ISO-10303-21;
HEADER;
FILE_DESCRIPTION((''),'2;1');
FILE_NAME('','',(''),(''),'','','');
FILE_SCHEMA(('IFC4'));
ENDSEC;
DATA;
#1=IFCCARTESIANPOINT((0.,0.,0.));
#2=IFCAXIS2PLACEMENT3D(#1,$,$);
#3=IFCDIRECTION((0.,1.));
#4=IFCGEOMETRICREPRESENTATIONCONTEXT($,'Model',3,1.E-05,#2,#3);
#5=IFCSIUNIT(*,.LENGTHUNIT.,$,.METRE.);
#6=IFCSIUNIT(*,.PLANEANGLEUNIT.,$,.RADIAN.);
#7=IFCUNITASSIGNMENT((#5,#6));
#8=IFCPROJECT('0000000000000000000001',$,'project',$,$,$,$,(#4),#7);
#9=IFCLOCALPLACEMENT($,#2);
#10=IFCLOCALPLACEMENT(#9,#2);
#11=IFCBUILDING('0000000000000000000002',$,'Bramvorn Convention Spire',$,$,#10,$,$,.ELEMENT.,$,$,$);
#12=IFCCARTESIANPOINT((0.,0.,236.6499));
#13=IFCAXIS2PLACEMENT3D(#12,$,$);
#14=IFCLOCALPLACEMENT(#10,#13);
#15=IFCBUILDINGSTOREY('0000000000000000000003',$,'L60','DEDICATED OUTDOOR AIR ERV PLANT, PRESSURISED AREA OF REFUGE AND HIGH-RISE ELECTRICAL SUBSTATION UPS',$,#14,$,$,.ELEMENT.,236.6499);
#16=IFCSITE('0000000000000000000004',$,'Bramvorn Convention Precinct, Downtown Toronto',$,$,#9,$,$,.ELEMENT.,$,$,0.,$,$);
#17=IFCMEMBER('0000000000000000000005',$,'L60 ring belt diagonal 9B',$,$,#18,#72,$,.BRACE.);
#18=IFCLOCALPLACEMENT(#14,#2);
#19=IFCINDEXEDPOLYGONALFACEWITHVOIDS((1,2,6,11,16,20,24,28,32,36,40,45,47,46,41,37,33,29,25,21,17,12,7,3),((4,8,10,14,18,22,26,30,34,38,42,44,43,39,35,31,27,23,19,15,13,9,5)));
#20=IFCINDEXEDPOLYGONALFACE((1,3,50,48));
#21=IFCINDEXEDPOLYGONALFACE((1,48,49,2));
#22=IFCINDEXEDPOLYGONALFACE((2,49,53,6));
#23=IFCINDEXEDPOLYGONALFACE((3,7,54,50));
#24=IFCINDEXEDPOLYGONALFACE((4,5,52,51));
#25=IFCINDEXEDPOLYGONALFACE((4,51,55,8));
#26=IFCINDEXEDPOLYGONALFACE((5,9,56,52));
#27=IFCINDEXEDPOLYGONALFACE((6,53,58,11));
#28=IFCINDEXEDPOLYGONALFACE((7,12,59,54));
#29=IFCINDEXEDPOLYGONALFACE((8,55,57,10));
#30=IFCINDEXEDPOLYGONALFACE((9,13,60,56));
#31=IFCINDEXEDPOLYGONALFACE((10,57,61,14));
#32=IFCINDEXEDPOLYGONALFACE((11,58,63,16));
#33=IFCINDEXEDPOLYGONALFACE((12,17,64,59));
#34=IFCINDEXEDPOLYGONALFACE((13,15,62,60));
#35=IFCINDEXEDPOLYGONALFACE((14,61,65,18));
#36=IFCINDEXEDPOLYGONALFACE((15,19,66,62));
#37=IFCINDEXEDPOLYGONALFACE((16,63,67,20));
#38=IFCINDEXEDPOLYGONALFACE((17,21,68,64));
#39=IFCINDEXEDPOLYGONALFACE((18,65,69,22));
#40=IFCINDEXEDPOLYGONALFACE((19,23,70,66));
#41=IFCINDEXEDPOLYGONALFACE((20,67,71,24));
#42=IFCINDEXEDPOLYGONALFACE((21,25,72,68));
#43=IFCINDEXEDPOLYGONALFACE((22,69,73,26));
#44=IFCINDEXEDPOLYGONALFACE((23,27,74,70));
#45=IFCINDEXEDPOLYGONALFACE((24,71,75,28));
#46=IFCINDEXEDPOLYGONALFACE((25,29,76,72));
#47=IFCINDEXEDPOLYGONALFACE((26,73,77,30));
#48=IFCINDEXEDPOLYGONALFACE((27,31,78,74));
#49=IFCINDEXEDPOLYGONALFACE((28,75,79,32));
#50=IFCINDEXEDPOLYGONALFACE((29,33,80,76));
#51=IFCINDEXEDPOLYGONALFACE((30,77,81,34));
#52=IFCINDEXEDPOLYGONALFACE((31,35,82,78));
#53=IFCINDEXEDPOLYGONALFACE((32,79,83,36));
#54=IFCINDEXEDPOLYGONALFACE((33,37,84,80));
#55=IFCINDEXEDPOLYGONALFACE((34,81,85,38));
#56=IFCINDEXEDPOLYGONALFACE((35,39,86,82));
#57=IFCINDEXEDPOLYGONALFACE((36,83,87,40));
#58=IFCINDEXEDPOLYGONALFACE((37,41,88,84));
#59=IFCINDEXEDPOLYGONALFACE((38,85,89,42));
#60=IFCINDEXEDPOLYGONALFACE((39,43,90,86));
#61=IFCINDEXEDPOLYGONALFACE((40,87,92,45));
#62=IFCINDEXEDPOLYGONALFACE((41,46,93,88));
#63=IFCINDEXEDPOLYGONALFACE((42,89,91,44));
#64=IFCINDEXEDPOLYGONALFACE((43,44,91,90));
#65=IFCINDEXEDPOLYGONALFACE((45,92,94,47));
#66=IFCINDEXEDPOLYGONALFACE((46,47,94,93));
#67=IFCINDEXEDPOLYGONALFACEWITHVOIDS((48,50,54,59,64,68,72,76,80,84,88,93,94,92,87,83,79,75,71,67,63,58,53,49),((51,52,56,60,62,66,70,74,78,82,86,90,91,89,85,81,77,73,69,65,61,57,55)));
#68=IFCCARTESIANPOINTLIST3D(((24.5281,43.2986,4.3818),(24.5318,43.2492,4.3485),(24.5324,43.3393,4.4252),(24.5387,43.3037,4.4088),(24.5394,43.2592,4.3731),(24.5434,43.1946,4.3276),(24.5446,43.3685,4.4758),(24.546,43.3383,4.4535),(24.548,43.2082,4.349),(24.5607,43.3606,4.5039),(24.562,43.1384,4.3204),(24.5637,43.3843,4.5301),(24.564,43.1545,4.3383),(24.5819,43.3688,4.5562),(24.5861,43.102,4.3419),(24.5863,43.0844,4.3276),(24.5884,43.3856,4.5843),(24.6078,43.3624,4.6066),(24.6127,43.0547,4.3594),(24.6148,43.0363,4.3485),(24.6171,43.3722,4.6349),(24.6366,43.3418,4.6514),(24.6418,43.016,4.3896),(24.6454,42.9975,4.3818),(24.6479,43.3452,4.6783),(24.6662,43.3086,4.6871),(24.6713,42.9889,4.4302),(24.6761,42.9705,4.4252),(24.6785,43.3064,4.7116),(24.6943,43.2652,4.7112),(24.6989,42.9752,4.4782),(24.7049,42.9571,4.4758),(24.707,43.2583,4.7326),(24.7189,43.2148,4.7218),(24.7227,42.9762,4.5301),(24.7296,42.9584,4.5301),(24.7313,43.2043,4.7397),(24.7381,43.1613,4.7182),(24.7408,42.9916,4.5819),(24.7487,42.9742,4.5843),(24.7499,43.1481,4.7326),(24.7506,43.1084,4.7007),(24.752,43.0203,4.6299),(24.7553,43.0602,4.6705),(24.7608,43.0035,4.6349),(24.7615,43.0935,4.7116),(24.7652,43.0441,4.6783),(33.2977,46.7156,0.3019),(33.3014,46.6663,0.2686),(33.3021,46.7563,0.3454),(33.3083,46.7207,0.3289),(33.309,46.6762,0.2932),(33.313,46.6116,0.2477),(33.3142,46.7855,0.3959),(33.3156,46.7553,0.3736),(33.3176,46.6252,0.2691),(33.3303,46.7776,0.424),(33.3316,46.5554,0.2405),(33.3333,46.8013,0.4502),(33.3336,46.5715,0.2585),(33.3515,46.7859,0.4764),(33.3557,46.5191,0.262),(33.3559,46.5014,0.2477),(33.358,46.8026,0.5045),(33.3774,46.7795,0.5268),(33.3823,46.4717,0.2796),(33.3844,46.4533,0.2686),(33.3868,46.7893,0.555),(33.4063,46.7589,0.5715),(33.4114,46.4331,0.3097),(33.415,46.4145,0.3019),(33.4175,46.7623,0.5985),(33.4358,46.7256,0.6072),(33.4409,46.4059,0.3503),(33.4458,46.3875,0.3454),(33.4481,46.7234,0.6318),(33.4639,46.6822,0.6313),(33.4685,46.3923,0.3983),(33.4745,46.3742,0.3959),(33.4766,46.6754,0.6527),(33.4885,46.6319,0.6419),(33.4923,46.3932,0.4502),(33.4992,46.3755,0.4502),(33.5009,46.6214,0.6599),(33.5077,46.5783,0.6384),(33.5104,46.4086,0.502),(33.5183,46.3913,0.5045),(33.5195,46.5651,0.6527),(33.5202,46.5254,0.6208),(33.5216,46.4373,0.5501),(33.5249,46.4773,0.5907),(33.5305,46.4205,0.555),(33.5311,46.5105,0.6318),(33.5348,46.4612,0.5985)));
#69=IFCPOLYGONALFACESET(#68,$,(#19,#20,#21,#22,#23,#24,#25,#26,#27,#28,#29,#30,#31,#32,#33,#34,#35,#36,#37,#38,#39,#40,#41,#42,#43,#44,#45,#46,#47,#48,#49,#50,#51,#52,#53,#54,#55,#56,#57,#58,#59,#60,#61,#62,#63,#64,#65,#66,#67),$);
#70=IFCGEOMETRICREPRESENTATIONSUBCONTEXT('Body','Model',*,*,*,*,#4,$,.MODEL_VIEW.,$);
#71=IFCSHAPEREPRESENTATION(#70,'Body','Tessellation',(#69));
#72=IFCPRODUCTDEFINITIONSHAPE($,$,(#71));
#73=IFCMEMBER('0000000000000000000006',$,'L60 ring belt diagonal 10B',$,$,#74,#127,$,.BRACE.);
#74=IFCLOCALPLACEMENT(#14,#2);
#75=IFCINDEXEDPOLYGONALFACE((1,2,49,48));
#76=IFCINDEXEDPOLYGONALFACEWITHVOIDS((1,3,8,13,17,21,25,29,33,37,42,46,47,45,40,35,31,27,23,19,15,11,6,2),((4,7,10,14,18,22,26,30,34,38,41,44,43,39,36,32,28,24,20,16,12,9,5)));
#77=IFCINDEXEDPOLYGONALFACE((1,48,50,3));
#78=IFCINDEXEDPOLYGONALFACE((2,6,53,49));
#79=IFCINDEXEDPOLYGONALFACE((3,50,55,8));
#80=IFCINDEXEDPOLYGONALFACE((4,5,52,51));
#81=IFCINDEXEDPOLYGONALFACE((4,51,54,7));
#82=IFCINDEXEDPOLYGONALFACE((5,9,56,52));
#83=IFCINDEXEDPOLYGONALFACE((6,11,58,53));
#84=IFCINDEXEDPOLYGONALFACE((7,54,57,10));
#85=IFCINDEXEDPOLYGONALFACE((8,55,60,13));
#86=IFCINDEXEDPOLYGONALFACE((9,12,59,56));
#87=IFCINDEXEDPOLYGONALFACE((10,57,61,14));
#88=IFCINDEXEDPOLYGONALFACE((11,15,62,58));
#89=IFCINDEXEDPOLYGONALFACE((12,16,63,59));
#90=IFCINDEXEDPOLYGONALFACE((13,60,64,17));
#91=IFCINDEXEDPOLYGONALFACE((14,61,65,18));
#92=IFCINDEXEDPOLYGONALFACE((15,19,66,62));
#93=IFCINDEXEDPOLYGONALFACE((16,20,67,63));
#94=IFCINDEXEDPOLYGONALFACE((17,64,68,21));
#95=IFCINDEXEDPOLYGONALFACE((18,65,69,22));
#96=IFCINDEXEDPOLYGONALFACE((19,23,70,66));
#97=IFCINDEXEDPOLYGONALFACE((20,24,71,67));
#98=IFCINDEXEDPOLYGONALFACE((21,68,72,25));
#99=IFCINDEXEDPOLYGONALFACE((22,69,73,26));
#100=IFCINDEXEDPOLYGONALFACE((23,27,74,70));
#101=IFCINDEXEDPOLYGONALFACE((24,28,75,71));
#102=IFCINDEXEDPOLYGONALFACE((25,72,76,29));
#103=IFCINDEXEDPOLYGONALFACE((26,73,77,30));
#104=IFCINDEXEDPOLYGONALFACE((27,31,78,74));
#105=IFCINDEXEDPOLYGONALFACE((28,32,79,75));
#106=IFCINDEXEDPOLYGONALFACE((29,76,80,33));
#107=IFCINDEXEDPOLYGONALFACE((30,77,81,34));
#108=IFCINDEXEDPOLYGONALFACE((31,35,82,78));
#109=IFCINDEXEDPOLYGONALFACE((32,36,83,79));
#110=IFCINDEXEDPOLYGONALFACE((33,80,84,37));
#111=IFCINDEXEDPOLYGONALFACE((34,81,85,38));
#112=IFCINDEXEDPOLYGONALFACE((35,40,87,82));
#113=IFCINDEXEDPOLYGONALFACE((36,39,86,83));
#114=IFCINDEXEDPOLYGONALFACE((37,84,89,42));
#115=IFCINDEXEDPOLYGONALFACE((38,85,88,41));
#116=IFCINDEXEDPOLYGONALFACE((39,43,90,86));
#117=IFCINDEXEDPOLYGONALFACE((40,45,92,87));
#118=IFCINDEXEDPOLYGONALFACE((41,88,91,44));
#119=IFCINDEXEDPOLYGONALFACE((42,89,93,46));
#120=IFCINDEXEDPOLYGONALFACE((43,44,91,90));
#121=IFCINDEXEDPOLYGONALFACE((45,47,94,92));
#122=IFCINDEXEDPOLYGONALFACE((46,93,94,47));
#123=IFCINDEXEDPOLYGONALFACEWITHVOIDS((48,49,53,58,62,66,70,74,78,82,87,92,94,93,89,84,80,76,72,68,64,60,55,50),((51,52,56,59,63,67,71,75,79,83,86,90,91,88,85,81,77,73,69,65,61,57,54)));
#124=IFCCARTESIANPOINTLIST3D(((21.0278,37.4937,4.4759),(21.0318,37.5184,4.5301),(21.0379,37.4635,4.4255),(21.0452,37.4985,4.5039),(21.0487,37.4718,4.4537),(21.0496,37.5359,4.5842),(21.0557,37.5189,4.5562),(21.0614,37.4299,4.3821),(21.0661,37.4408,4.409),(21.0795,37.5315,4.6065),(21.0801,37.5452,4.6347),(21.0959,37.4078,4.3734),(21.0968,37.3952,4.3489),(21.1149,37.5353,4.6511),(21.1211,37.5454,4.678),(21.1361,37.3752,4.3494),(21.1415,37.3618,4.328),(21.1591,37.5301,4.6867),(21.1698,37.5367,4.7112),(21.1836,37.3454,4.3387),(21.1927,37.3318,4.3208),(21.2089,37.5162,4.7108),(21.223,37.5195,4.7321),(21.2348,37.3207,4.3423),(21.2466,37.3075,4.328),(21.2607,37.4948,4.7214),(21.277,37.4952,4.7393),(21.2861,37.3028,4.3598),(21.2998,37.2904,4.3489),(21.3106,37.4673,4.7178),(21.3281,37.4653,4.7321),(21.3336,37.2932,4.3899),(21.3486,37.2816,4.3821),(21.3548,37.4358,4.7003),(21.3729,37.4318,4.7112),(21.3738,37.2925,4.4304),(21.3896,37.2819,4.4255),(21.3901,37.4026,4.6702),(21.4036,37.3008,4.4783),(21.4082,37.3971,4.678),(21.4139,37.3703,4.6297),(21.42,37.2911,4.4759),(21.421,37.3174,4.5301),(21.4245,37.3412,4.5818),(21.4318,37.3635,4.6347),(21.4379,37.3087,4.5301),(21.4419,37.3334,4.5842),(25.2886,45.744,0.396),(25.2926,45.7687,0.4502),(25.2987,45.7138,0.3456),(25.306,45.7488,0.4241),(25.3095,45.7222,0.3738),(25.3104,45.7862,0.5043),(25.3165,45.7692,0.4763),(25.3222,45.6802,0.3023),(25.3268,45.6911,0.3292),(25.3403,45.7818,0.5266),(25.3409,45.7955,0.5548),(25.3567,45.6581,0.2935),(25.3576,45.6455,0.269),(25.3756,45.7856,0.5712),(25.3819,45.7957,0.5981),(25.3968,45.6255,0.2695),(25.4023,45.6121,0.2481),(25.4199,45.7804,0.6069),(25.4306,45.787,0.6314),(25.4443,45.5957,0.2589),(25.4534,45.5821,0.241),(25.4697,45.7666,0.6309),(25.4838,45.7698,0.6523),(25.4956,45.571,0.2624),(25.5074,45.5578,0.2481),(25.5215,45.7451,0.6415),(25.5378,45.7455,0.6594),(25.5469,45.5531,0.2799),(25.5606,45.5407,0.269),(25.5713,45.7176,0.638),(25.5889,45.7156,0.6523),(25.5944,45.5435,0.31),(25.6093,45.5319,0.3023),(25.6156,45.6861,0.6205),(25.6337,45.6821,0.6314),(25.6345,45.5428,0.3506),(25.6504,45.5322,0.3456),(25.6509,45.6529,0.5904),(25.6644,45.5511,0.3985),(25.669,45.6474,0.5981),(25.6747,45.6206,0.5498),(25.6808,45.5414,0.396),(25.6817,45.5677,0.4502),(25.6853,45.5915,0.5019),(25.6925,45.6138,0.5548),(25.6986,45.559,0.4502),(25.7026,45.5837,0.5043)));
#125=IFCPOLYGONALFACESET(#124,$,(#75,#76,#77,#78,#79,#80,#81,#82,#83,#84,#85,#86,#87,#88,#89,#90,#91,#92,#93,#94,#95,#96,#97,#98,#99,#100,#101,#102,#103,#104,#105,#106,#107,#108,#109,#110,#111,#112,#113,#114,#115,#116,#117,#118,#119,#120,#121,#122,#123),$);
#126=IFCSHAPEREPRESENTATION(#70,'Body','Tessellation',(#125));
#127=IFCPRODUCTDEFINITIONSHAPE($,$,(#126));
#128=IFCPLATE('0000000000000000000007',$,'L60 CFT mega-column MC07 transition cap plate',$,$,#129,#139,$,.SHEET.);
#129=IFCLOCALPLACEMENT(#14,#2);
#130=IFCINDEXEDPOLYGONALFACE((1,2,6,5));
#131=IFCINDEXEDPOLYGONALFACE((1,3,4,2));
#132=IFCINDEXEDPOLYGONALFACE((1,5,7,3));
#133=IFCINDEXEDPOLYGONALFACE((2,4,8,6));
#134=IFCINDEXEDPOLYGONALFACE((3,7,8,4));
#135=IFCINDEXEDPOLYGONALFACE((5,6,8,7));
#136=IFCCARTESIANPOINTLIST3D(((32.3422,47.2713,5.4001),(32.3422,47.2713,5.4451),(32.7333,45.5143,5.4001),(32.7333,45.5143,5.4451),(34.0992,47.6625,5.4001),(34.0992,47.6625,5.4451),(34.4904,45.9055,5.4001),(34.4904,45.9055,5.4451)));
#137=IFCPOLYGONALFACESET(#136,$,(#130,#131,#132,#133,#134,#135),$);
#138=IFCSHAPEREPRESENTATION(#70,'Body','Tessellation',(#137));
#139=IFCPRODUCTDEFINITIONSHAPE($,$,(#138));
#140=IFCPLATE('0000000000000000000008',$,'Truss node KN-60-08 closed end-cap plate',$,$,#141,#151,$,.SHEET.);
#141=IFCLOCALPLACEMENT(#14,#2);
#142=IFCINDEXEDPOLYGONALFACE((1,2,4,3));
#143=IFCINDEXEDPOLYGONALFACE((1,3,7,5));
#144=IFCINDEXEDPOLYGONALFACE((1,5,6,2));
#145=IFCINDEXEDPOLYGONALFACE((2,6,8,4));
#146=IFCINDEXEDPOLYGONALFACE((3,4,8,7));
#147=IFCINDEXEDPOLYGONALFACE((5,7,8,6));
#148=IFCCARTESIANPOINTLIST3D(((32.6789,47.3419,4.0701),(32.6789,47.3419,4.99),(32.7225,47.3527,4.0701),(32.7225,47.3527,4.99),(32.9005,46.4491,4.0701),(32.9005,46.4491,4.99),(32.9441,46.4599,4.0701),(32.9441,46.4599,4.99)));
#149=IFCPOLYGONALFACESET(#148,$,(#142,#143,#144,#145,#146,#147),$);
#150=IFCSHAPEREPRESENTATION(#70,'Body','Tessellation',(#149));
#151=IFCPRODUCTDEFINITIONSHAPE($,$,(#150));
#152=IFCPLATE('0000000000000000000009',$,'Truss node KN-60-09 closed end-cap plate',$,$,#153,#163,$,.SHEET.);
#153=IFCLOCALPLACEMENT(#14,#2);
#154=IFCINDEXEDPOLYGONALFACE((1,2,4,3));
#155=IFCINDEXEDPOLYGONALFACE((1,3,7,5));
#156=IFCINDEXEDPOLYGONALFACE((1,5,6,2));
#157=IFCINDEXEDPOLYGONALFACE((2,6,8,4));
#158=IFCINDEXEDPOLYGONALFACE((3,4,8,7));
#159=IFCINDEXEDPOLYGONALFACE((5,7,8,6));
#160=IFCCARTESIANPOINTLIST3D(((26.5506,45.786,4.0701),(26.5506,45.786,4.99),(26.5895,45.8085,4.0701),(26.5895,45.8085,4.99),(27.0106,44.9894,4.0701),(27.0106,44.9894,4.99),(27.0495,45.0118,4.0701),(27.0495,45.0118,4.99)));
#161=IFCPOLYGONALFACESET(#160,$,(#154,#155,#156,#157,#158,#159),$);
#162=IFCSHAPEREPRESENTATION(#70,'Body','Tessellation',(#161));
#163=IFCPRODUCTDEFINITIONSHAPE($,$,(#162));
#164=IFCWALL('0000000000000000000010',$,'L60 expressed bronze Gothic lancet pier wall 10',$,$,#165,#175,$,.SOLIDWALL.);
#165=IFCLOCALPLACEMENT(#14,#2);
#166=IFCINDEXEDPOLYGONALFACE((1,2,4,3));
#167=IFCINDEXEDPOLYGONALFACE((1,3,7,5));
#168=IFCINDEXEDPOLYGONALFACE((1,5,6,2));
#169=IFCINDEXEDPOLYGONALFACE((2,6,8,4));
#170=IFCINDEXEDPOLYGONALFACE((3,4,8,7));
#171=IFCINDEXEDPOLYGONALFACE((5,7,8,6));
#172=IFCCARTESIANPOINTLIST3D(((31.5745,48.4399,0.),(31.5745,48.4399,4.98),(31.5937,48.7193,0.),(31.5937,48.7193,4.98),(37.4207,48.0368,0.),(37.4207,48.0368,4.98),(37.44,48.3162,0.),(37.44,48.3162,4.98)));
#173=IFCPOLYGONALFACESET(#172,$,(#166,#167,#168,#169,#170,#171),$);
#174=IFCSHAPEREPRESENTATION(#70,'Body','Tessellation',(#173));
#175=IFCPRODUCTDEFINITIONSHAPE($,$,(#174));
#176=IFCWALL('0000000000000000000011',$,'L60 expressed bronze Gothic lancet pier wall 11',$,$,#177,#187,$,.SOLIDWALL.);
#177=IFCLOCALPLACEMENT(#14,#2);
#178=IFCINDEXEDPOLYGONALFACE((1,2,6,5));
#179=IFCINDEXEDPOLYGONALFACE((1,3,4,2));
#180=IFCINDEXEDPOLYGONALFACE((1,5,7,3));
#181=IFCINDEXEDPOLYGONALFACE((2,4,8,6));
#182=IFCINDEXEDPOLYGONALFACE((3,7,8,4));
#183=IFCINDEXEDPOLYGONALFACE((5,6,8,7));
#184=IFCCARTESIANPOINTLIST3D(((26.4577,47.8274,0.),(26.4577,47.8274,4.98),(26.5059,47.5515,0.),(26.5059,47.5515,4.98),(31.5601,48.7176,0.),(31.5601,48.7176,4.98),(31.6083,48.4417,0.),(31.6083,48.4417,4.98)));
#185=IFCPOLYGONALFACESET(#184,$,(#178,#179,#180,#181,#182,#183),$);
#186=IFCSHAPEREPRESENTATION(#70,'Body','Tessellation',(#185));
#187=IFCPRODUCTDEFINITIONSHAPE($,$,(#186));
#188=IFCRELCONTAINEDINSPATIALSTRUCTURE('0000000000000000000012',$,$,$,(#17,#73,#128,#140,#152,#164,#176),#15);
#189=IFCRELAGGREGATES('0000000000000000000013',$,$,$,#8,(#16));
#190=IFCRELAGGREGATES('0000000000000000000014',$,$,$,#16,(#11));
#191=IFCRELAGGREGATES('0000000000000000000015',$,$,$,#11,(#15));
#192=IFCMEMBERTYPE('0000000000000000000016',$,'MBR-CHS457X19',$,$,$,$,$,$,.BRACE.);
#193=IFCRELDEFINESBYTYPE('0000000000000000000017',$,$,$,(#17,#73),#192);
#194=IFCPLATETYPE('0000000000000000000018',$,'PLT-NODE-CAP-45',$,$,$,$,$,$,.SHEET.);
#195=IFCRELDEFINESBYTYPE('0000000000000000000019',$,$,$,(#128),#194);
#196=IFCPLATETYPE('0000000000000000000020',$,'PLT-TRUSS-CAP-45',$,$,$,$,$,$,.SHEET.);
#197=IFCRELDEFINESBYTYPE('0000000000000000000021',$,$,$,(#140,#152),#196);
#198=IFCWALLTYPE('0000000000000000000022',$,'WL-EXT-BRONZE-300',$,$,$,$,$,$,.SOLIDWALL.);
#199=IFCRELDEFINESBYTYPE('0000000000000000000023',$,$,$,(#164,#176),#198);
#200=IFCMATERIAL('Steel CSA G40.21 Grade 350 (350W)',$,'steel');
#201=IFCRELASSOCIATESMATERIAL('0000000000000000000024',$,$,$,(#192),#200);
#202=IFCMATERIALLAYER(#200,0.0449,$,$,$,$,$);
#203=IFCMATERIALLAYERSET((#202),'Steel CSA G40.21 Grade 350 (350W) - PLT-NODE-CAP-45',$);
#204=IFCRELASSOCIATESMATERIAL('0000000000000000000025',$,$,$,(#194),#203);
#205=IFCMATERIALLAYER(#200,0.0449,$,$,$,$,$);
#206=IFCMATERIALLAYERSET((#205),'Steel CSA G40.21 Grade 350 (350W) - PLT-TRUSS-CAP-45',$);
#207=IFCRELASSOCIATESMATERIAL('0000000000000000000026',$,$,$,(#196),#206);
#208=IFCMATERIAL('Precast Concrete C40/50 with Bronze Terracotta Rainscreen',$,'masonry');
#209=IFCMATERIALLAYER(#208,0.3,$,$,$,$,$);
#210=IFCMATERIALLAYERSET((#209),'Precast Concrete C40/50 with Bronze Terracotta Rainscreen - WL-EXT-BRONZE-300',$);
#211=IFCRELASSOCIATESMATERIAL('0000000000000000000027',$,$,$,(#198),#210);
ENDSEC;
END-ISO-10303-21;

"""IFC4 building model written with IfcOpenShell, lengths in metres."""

from ifc_helpers import new_model, si_unit, direction, frame, frame_2d, origin, origin_2d, place, context, subcontext, project, spatial, rectangle, hollow_circle, extrude, material, layer, layer_set, material_profile, profile_set, type_object, element, save


model = new_model("IFC4")

# Units and contexts
model_context = context("Model", 3, precision=1e-05, world=origin(), true_north=direction((0.0, 1.0)))
body_context = subcontext(model_context, "Body", "Model", "MODEL_VIEW")
ifc_project = project(units=[si_unit("LENGTHUNIT", "METRE"), si_unit("PLANEANGLEUNIT", "RADIAN")], contexts=[model_context])

# Site, building, storey
site_placement = place(None, origin())
site = spatial("IfcSite", under=ifc_project, at=site_placement, Name="Bramvorn Convention Precinct, Downtown Toronto", CompositionType="ELEMENT", RefElevation=0.0)
building_placement = place(site_placement, origin())
building = spatial("IfcBuilding", under=site, at=building_placement, Name="Bramvorn Convention Spire", CompositionType="ELEMENT")
storey_placement = place(building_placement, frame((0.0, 0.0, 236.6499)))
storey = spatial("IfcBuildingStorey", under=building, at=storey_placement, Name="L60", Description="DEDICATED OUTDOOR AIR ERV PLANT, PRESSURISED AREA OF REFUGE AND HIGH-RISE ELECTRICAL SUBSTATION UPS", CompositionType="ELEMENT", Elevation=236.6499)

# Shared definitions
ifc_material_1 = material(Name="Steel CSA G40.21 Grade 350 (350W)", Category="steel")

# Members
ifc_material_profile_1 = material_profile(ifc_material_1, hollow_circle(Radius=0.2285, WallThickness=0.019, at=origin_2d()))
ifc_profile_set_1 = profile_set([ifc_material_profile_1], Name="Steel CSA G40.21 Grade 350 (350W) - CHS457X19")
member_type_1 = type_object("IfcMemberType", Name="MBR-CHS457X19", PredefinedType="BRACE", material=ifc_profile_set_1)
member_1_placement = place(storey_placement, frame((33.4163, 46.5884, 0.4502), z_axis=(-0.854901, -0.333107, 0.397724), x_axis=(0.363057, -0.931767, 0.0)))
element("IfcMember", 1, at=member_1_placement, inside=storey, type_object=member_type_1, Name="L60 ring belt diagonal 9B", PredefinedType="BRACE", context=body_context, shape_type="SweptSolid", body=[
    extrude(hollow_circle(Radius=0.2285, WallThickness=0.019, at=origin_2d()), origin(), (0.0, 0.0, 1.0), 10.2581),
])
member_2_placement = place(storey_placement, frame((25.4956, 45.6638, 0.4502), z_axis=(-0.420098, -0.813452, 0.402261), x_axis=(0.888509, -0.45886, 0.0)))
element("IfcMember", 2, at=member_2_placement, inside=storey, type_object=member_type_1, Name="L60 ring belt diagonal 10B", PredefinedType="BRACE", context=body_context, shape_type="SweptSolid", body=[
    extrude(hollow_circle(Radius=0.2285, WallThickness=0.019, at=origin_2d()), origin(), (0.0, 0.0, 1.0), 10.1423),
])

# Plates
ifc_layer_1 = layer(ifc_material_1, 0.0449)
ifc_layer_set_1 = layer_set([ifc_layer_1], Name="Steel CSA G40.21 Grade 350 (350W) - PLT-NODE-CAP-45")
plate_type_1 = type_object("IfcPlateType", Name="PLT-NODE-CAP-45", PredefinedType="SHEET", material=ifc_layer_set_1)
plate_placement = place(storey_placement, frame((33.4163, 46.5884, 5.4001), z_axis=(0.0, 0.0, 1.0), x_axis=(-0.21732, 0.9761, 0.0)))
element("IfcPlate", 3, at=plate_placement, inside=storey, type_object=plate_type_1, Name="L60 CFT mega-column MC07 transition cap plate", PredefinedType="SHEET", context=body_context, shape_type="SweptSolid", body=[
    extrude(rectangle(XDim=1.8, YDim=1.8, at=origin_2d()), origin(), (0.0, 0.0, 1.0), 0.0449),
])
ifc_layer_2 = layer(ifc_material_1, 0.0449)
ifc_layer_set_2 = layer_set([ifc_layer_2], Name="Steel CSA G40.21 Grade 350 (350W) - PLT-TRUSS-CAP-45")
plate_type_2 = type_object("IfcPlateType", Name="PLT-TRUSS-CAP-45", PredefinedType="SHEET", material=ifc_layer_set_2)
for number, where, z_axis, x_axis, name in (
    (4, (32.8115, 46.9009, 4.0701), (0.0, 0.0, 1.0), (-0.24093, 0.970542, 0.0), "Truss node KN-60-08 closed end-cap plate"),
    (5, (26.8, 45.3989, 4.0701), (0.0, 0.0, 1.0), (-0.499999, 0.866026, 0.0), "Truss node KN-60-09 closed end-cap plate"),
):
    element("IfcPlate", number, at=place(storey_placement, frame(where, z_axis=z_axis, x_axis=x_axis)), inside=storey, type_object=plate_type_2, Name=name, PredefinedType="SHEET", context=body_context, shape_type="SweptSolid", body=[
        extrude(rectangle(XDim=0.9199, YDim=0.0449, at=origin_2d()), origin(), (0.0, 0.0, 1.0), 0.9199),
    ])

# Walls
ifc_material_2 = material(Name="Precast Concrete C40/50 with Bronze Terracotta Rainscreen", Category="masonry")
ifc_layer_3 = layer(ifc_material_2, 0.3)
ifc_layer_set_3 = layer_set([ifc_layer_3], Name="Precast Concrete C40/50 with Bronze Terracotta Rainscreen - WL-EXT-BRONZE-300")
wall_type = type_object("IfcWallType", Name="WL-EXT-BRONZE-300", PredefinedType="SOLIDWALL", material=ifc_layer_set_3)
wall_1_placement = place(storey_placement, frame((31.584, 48.5796, 0.0), z_axis=(0.0, 0.0, 1.0), x_axis=(0.997632, -0.068784, 0.0)))
element("IfcWall", 6, at=wall_1_placement, inside=storey, type_object=wall_type, Name="L60 expressed bronze Gothic lancet pier wall 10", PredefinedType="SOLIDWALL", context=body_context, shape_type="SweptSolid", body=[
    extrude(rectangle(XDim=5.8601, YDim=0.28, at=frame_2d((2.9302, 0.0))), origin(), (0.0, 0.0, 1.0), 4.98),
])
wall_2_placement = place(storey_placement, frame((26.4817, 47.6895, 0.0), z_axis=(0.0, 0.0, 1.0), x_axis=(0.985121, 0.171862, 0.0)))
element("IfcWall", 7, at=wall_2_placement, inside=storey, type_object=wall_type, Name="L60 expressed bronze Gothic lancet pier wall 11", PredefinedType="SOLIDWALL", context=body_context, shape_type="SweptSolid", body=[
    extrude(rectangle(XDim=5.1794, YDim=0.28, at=frame_2d((2.5898, 0.0))), origin(), (0.0, 0.0, 1.0), 4.98),
])

save(model, "model.ifc")
